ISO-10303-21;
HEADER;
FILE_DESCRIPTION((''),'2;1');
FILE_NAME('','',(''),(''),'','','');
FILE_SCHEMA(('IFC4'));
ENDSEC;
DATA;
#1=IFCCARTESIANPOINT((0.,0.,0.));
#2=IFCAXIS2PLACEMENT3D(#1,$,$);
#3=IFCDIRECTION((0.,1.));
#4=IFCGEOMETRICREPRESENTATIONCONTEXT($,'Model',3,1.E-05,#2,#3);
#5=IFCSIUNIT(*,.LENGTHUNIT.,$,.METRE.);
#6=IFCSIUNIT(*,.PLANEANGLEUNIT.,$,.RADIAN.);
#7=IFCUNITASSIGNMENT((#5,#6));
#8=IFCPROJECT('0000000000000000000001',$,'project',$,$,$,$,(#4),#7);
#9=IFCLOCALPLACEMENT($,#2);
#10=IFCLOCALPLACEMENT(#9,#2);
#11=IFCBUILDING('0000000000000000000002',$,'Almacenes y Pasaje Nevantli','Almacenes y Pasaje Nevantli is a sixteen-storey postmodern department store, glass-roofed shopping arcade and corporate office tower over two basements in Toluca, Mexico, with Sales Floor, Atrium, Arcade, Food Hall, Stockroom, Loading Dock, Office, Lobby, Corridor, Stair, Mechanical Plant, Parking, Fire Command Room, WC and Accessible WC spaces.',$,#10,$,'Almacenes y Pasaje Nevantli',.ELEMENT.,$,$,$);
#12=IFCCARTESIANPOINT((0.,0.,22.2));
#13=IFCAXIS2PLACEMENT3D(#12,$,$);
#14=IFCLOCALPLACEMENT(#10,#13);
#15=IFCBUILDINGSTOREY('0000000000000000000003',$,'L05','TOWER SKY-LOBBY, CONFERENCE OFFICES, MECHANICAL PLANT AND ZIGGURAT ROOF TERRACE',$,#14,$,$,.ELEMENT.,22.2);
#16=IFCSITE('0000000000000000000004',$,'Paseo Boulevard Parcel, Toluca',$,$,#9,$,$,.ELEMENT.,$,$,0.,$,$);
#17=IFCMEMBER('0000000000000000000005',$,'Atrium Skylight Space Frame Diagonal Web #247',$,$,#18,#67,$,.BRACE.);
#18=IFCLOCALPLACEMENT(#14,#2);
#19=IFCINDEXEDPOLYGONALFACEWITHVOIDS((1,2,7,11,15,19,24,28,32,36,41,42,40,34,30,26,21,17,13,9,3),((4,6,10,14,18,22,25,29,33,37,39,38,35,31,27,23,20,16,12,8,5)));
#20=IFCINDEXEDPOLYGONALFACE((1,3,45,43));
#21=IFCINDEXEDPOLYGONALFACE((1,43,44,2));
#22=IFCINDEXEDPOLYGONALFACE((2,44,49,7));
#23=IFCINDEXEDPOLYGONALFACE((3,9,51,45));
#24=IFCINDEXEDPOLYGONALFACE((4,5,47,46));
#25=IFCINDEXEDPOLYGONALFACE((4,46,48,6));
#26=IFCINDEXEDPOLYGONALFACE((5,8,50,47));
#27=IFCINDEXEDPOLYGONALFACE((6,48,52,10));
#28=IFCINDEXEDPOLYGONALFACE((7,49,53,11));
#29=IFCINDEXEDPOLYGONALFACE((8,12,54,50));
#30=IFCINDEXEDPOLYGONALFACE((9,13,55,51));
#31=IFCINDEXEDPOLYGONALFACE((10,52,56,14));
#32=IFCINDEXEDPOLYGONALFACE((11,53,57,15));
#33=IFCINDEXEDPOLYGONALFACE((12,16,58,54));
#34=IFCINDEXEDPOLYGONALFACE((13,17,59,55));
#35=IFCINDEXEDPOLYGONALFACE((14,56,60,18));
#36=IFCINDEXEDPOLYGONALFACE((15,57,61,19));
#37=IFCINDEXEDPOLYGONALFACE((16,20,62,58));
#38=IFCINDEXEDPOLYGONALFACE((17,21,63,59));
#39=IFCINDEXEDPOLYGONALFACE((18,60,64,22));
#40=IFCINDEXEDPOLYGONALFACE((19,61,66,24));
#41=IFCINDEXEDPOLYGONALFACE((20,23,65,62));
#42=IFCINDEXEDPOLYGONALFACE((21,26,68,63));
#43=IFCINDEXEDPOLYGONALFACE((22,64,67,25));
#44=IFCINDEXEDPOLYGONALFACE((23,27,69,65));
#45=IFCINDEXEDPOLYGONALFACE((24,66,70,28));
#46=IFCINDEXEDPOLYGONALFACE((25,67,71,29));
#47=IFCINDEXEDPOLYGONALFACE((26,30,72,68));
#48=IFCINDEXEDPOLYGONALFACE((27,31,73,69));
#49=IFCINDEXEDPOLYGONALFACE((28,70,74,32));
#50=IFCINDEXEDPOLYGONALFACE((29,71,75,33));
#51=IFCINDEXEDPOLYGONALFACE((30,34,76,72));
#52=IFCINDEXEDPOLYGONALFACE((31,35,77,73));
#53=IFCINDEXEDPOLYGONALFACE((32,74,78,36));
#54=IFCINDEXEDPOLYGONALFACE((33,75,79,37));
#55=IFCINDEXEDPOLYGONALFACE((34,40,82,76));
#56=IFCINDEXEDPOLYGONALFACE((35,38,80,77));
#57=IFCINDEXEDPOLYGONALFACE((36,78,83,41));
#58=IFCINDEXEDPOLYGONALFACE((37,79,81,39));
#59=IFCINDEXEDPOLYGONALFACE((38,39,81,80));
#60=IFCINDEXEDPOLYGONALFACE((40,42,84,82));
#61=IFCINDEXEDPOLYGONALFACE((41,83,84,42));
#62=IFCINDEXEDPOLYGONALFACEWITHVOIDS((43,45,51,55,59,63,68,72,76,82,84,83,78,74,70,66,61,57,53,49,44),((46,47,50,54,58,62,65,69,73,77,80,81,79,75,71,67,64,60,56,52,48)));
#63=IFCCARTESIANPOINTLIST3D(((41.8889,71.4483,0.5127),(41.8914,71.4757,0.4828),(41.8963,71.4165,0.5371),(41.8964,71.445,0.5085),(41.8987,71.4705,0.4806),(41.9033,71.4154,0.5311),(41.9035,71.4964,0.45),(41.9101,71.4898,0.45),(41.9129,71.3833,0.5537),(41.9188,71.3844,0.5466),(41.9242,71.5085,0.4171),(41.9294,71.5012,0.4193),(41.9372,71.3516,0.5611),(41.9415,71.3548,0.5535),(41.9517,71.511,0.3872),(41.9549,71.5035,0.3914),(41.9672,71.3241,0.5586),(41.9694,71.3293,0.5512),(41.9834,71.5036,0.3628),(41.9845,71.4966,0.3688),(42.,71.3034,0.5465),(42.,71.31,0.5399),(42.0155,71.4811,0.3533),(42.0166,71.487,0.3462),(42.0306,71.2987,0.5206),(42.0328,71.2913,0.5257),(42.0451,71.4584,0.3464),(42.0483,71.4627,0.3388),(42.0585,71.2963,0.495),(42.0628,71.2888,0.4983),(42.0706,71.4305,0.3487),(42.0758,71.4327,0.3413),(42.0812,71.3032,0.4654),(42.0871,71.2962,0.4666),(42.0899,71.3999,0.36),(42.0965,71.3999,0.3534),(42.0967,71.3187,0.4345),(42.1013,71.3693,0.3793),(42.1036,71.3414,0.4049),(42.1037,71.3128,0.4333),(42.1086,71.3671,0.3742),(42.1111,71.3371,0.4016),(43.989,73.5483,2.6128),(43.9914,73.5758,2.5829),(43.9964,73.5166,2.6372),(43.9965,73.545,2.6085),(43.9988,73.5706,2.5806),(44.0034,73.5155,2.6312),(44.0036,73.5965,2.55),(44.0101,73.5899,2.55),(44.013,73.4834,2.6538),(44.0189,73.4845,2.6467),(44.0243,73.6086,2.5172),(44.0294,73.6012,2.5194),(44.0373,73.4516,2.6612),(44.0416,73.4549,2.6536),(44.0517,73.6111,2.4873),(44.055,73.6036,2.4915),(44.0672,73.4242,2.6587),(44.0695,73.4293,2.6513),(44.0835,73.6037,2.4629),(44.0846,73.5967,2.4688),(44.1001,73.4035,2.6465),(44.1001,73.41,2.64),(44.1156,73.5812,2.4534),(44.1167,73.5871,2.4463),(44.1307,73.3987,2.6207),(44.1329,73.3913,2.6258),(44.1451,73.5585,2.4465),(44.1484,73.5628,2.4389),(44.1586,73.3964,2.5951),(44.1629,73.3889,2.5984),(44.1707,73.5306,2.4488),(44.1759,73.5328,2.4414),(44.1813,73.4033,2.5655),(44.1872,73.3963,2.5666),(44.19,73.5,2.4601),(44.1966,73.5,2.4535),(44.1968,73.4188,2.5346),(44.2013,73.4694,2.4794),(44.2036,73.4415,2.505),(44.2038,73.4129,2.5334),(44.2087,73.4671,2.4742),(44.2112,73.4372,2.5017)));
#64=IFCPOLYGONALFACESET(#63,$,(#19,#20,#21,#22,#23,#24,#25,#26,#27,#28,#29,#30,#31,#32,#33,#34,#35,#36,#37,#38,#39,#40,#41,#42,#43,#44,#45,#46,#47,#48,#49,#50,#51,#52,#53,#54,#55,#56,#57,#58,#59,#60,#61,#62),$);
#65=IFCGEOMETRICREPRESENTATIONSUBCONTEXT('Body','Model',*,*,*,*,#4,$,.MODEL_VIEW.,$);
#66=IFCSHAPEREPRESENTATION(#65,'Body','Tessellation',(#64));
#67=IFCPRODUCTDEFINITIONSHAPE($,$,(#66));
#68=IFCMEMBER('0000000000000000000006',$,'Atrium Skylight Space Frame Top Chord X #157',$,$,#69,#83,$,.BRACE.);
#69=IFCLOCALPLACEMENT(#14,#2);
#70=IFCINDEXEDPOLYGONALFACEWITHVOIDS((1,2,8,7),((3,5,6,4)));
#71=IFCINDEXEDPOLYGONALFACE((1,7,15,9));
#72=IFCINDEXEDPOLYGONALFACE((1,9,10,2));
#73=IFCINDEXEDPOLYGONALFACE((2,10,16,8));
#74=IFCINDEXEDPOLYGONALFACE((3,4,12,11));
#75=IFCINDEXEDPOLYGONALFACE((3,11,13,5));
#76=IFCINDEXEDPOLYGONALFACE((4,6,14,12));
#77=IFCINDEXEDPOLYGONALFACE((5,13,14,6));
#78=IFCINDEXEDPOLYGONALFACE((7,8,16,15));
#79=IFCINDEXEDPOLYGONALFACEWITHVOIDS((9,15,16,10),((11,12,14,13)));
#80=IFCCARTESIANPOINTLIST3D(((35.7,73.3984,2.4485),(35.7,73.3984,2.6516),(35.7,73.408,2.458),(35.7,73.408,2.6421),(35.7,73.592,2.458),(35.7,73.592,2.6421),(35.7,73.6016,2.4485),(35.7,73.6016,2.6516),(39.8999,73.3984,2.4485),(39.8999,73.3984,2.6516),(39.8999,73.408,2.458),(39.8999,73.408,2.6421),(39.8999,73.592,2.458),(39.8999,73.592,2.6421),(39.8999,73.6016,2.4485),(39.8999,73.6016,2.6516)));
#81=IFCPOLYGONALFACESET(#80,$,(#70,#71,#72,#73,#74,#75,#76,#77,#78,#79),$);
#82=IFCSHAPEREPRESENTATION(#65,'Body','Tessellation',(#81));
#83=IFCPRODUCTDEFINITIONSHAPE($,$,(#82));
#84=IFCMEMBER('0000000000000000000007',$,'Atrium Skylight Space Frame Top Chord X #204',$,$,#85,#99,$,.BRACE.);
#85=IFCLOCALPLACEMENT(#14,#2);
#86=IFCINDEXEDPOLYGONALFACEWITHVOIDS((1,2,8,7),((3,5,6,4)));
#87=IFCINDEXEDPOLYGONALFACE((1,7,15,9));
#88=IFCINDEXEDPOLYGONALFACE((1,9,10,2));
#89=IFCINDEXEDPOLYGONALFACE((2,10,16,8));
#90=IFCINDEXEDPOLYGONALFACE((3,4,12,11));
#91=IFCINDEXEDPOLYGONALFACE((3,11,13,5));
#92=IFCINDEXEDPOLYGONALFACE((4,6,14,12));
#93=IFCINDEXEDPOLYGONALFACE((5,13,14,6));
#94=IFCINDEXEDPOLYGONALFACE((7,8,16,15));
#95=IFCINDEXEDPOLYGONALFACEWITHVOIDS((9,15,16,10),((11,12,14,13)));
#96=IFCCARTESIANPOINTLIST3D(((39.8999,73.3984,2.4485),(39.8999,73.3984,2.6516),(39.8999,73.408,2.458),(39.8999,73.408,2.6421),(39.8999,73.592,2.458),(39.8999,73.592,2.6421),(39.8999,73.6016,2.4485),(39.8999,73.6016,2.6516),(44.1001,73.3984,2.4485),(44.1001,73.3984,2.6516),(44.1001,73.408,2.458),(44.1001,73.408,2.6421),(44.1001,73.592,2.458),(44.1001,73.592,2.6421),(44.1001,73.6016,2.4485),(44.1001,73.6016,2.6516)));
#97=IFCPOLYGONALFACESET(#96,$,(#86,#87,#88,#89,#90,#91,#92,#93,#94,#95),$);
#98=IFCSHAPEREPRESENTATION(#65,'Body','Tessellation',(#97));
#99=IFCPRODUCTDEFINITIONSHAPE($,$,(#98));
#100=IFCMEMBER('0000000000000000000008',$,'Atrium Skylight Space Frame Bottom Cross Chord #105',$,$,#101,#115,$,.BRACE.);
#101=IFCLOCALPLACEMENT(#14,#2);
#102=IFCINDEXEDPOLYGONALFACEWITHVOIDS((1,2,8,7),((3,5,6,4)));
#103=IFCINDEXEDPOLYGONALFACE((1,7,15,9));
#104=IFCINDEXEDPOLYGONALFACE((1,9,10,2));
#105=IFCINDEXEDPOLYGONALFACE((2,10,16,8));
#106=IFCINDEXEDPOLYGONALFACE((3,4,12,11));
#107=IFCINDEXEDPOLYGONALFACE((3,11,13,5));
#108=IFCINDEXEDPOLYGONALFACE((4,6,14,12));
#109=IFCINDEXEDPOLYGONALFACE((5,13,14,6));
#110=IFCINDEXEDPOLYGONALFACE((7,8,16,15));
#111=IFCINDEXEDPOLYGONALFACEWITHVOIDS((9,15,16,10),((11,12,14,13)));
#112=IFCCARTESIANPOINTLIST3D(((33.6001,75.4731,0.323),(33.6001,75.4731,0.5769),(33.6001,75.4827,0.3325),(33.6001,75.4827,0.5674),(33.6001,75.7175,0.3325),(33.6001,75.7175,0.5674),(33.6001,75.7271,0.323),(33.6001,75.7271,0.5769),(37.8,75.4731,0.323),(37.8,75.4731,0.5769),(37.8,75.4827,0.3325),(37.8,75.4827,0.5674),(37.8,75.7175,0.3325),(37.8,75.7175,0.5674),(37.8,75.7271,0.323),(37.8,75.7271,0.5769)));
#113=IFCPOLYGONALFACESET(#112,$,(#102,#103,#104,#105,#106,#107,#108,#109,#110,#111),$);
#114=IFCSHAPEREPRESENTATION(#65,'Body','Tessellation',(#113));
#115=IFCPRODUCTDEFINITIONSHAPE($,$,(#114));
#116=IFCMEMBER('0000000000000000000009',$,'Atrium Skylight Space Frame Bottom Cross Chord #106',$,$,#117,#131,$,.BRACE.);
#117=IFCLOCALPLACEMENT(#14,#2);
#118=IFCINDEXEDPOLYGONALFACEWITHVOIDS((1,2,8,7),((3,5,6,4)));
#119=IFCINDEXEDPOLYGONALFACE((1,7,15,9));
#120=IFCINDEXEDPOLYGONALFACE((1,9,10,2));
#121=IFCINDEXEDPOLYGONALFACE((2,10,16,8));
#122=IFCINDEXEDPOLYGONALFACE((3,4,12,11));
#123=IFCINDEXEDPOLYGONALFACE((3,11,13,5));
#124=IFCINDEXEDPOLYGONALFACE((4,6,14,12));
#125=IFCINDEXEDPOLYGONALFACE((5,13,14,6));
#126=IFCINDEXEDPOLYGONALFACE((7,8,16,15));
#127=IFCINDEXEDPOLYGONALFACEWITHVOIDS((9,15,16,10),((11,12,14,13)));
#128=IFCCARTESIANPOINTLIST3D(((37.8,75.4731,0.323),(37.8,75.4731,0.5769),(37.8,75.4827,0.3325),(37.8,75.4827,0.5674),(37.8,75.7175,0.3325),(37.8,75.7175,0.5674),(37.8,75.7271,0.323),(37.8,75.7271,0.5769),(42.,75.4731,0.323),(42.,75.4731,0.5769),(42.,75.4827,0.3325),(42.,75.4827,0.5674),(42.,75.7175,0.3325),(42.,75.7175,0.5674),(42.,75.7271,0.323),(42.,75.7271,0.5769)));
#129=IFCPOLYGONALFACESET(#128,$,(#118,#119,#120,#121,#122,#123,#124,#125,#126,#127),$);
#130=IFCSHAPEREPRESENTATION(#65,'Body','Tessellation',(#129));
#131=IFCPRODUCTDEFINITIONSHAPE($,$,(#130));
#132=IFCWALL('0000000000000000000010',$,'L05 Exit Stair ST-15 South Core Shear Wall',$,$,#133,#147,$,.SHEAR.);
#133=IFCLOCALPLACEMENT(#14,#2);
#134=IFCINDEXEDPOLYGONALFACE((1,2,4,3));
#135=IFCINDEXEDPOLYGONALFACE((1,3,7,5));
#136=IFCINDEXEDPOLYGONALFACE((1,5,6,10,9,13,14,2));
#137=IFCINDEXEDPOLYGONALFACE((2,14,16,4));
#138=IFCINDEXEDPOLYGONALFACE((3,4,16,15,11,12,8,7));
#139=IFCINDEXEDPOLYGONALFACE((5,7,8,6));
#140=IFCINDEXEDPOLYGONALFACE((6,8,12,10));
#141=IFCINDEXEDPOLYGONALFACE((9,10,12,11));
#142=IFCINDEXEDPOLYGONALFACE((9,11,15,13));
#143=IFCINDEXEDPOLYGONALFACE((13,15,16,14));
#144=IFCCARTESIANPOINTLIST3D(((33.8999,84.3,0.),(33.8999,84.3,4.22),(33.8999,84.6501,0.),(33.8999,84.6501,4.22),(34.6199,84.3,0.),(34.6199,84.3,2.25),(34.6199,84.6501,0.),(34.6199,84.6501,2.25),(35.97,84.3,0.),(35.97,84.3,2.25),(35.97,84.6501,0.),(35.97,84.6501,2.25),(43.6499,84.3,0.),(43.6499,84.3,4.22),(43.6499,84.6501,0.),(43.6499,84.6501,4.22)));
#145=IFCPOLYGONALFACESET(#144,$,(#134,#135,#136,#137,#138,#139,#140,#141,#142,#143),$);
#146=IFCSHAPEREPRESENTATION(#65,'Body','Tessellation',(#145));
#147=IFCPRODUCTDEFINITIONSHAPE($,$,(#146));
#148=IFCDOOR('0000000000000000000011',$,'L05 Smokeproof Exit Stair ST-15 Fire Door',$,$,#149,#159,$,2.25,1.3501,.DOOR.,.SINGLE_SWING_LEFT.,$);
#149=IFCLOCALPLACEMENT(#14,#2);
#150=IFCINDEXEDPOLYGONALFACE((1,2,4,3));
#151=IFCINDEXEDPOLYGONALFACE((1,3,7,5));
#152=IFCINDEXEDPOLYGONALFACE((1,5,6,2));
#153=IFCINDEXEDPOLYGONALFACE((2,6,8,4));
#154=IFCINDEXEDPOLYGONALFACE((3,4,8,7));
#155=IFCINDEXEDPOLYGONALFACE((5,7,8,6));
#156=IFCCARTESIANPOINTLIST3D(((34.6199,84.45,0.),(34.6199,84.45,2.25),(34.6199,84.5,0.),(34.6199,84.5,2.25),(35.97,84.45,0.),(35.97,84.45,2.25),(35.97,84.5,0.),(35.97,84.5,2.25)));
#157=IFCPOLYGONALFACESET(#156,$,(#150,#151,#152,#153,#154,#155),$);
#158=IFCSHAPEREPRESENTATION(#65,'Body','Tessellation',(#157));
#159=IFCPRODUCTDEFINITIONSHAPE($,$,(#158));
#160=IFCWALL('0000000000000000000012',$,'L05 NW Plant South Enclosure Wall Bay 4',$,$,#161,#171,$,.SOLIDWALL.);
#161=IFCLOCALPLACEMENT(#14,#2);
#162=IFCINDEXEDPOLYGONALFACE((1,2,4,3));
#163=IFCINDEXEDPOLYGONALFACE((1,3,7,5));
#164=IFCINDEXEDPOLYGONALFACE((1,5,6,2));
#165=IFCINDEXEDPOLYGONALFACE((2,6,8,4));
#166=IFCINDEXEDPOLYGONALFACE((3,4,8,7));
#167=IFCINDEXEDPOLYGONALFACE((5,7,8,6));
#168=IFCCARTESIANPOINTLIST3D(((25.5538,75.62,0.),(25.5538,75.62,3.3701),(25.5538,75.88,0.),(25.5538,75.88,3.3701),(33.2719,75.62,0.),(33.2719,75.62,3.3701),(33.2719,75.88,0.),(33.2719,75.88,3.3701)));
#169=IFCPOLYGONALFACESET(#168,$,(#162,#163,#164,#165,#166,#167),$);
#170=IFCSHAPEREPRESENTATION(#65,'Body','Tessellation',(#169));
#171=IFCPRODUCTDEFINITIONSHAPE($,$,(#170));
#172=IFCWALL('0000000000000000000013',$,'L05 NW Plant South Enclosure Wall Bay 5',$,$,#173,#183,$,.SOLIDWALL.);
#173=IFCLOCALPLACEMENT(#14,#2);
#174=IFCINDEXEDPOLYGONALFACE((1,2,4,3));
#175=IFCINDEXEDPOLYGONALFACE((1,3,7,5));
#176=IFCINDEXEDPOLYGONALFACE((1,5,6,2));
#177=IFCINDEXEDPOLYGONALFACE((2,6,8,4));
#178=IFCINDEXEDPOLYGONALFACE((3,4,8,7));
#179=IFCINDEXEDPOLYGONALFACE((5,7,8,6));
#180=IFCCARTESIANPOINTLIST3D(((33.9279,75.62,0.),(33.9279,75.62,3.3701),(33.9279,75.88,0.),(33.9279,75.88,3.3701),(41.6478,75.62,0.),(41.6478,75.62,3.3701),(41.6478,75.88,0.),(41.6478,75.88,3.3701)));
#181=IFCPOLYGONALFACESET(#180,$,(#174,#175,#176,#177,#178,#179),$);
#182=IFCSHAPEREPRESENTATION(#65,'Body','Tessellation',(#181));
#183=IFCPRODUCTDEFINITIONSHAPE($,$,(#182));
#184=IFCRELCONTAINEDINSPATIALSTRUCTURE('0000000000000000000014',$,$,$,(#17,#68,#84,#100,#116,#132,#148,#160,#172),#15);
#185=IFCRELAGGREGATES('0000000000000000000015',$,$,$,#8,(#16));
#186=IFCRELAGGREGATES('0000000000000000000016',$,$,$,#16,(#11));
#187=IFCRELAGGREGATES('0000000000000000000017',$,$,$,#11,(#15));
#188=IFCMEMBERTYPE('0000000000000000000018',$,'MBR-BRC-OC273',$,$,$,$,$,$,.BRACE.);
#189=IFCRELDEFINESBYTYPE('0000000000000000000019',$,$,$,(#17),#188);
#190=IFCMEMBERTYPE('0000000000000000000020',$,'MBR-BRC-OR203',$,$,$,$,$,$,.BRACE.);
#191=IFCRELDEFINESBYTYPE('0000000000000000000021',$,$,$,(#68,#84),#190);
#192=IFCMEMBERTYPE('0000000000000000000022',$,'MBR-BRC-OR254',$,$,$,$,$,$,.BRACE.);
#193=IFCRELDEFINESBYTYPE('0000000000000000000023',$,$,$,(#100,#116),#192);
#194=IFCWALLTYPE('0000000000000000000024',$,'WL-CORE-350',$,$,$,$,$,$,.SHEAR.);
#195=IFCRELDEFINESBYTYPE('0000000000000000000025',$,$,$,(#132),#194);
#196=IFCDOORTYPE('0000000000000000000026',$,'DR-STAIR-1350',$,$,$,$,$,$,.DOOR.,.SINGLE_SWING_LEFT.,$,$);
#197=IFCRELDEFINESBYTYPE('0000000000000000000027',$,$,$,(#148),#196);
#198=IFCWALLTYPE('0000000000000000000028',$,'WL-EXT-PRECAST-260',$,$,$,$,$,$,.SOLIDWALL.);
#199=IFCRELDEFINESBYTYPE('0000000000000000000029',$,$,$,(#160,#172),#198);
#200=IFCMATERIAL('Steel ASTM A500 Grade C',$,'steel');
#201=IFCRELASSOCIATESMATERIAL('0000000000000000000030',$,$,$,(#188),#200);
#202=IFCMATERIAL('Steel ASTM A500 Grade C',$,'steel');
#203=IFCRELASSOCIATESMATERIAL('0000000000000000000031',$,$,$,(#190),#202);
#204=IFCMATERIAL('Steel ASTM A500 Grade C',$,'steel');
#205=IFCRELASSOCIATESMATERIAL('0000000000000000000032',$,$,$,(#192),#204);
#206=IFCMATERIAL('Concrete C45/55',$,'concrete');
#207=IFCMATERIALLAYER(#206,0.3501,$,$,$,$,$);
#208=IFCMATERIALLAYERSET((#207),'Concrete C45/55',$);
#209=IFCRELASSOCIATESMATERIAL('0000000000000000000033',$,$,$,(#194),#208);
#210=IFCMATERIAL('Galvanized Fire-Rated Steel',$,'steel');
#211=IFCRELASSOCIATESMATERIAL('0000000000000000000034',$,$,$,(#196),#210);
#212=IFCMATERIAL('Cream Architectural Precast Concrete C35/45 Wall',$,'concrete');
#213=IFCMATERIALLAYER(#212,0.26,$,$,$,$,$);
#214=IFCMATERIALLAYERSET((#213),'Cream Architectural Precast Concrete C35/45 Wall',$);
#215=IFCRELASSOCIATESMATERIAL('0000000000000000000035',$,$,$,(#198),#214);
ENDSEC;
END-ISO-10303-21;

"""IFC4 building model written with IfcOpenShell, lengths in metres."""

from ifc_helpers import new_model, si_unit, direction, frame, frame_2d, origin, origin_2d, place, context, subcontext, project, spatial, rectangle, hollow_rectangle, hollow_circle, extrude, material, layer, layer_set, material_profile, profile_set, type_object, element, fill, save


model = new_model("IFC4")

# Units and contexts
model_context = context("Model", 3, precision=1e-05, world=origin(), true_north=direction((0.0, 1.0)))
body_context = subcontext(model_context, "Body", "Model", "MODEL_VIEW")
ifc_project = project(units=[si_unit("LENGTHUNIT", "METRE"), si_unit("PLANEANGLEUNIT", "RADIAN")], contexts=[model_context])

# Site, building, storey
site_placement = place(None, origin())
site = spatial("IfcSite", under=ifc_project, at=site_placement, Name="Paseo Boulevard Parcel, Toluca", CompositionType="ELEMENT", RefElevation=0.0)
building_placement = place(site_placement, origin())
building = spatial("IfcBuilding", under=site, at=building_placement, Name="Almacenes y Pasaje Nevantli", Description="Almacenes y Pasaje Nevantli is a sixteen-storey postmodern department store, glass-roofed shopping arcade and corporate office tower over two basements in Toluca, Mexico, with Sales Floor, Atrium, Arcade, Food Hall, Stockroom, Loading Dock, Office, Lobby, Corridor, Stair, Mechanical Plant, Parking, Fire Command Room, WC and Accessible WC spaces.", LongName="Almacenes y Pasaje Nevantli", CompositionType="ELEMENT")
storey_placement = place(building_placement, frame((0.0, 0.0, 22.2)))
storey = spatial("IfcBuildingStorey", under=building, at=storey_placement, Name="L05", Description="TOWER SKY-LOBBY, CONFERENCE OFFICES, MECHANICAL PLANT AND ZIGGURAT ROOF TERRACE", CompositionType="ELEMENT", Elevation=22.2)

# Members
ifc_material_1 = material(Name="Steel ASTM A500 Grade C", Category="steel")
ifc_material_profile_1 = material_profile(ifc_material_1, hollow_circle(Radius=0.1365, WallThickness=0.0093, at=origin_2d()), Name="OC 273x9.3")
ifc_profile_set_1 = profile_set([ifc_material_profile_1], Name="Steel ASTM A500 Grade C")
member_type_1 = type_object("IfcMemberType", Name="MBR-BRC-OC273", PredefinedType="BRACE", material=ifc_profile_set_1)
for number, where, z_axis, x_axis, name in (
    (1, (42.0, 71.3999, 0.45), (0.57735, 0.57735, 0.57735), (-0.707107, 0.707107, 0.0), "Atrium Skylight Space Frame Diagonal Web #247"),
):
    element("IfcMember", number, at=place(storey_placement, frame(where, z_axis=z_axis, x_axis=x_axis)), inside=storey, type_object=member_type_1, Name=name, PredefinedType="BRACE", context=body_context, shape_type="SweptSolid", body=[
        extrude(hollow_circle(Radius=0.1365, WallThickness=0.0093, at=origin_2d()), origin(), (0.0, 0.0, 1.0), 3.6375),
    ])
ifc_material_2 = material(Name="Steel ASTM A500 Grade C", Category="steel")
ifc_material_profile_2 = material_profile(ifc_material_2, hollow_rectangle(XDim=0.2031, YDim=0.2031, WallThickness=0.0095, at=origin_2d()), Name="OR 203x203x9.5")
ifc_profile_set_2 = profile_set([ifc_material_profile_2], Name="Steel ASTM A500 Grade C")
member_type_2 = type_object("IfcMemberType", Name="MBR-BRC-OR203", PredefinedType="BRACE", material=ifc_profile_set_2)
member_1_placement = place(storey_placement, frame((35.7, 73.5, 2.55), z_axis=(1.0, 0.0, 0.0), x_axis=(0.0, 1.0, 0.0)))
element("IfcMember", 2, at=member_1_placement, inside=storey, type_object=member_type_2, Name="Atrium Skylight Space Frame Top Chord X #157", PredefinedType="BRACE", context=body_context, shape_type="SweptSolid", body=[
    extrude(hollow_rectangle(XDim=0.2031, YDim=0.2031, WallThickness=0.0095, at=origin_2d()), origin(), (0.0, 0.0, 1.0), 4.2),
])
member_2_placement = place(storey_placement, frame((39.8999, 73.5, 2.55), z_axis=(1.0, 0.0, 0.0), x_axis=(0.0, 1.0, 0.0)))
element("IfcMember", 3, at=member_2_placement, inside=storey, type_object=member_type_2, Name="Atrium Skylight Space Frame Top Chord X #204", PredefinedType="BRACE", context=body_context, shape_type="SweptSolid", body=[
    extrude(hollow_rectangle(XDim=0.2031, YDim=0.2031, WallThickness=0.0095, at=origin_2d()), origin(), (0.0, 0.0, 1.0), 4.2002),
])
ifc_material_3 = material(Name="Steel ASTM A500 Grade C", Category="steel")
ifc_material_profile_3 = material_profile(ifc_material_3, hollow_rectangle(XDim=0.2539, YDim=0.2539, WallThickness=0.0095, at=origin_2d()), Name="OR 254x254x9.5")
ifc_profile_set_3 = profile_set([ifc_material_profile_3], Name="Steel ASTM A500 Grade C")
member_type_3 = type_object("IfcMemberType", Name="MBR-BRC-OR254", PredefinedType="BRACE", material=ifc_profile_set_3)
for number, where, z_axis, x_axis, name in (
    (4, (33.6001, 75.6001, 0.45), (1.0, 0.0, 0.0), (0.0, 1.0, 0.0), "Atrium Skylight Space Frame Bottom Cross Chord #105"),
    (5, (37.8, 75.6001, 0.45), (1.0, 0.0, 0.0), (0.0, 1.0, 0.0), "Atrium Skylight Space Frame Bottom Cross Chord #106"),
):
    element("IfcMember", number, at=place(storey_placement, frame(where, z_axis=z_axis, x_axis=x_axis)), inside=storey, type_object=member_type_3, Name=name, PredefinedType="BRACE", context=body_context, shape_type="SweptSolid", body=[
        extrude(hollow_rectangle(XDim=0.2539, YDim=0.2539, WallThickness=0.0095, at=origin_2d()), origin(), (0.0, 0.0, 1.0), 4.2),
    ])

# Wall, opening, door
ifc_material_4 = material(Name="Concrete C45/55", Category="concrete")
ifc_layer_1 = layer(ifc_material_4, 0.3501)
ifc_layer_set_1 = layer_set([ifc_layer_1], Name="Concrete C45/55")
wall_type_1 = type_object("IfcWallType", Name="WL-CORE-350", PredefinedType="SHEAR", material=ifc_layer_set_1)
wall_1_placement = place(storey_placement, frame((33.8999, 84.4751, 0.0), z_axis=(0.0, 0.0, 1.0), x_axis=(1.0, 0.0, 0.0)))
wall_1 = element("IfcWall", 6, at=wall_1_placement, inside=storey, type_object=wall_type_1, Name="L05 Exit Stair ST-15 South Core Shear Wall", PredefinedType="SHEAR", context=body_context, shape_type="SweptSolid", body=[
    extrude(rectangle(XDim=9.75, YDim=0.3501, at=frame_2d((4.875, 0.0))), origin(), (0.0, 0.0, 1.0), 4.22),
])
opening_placement = place(wall_1_placement, frame((0.72, 0.0, 0.0)))
opening = element("IfcOpeningElement", 7, at=opening_placement, cuts=wall_1, PredefinedType="OPENING", context=body_context, shape_type="SweptSolid", body=[
    extrude(rectangle(XDim=1.3501, YDim=2.25, at=frame_2d((0.675, 1.125))), frame((0.0, 0.1851, 0.0), z_axis=(0.0, -1.0, 0.0), x_axis=(1.0, 0.0, 0.0)), (0.0, 0.0, 1.0), 0.3701),
])
ifc_material_5 = material(Name="Galvanized Fire-Rated Steel", Category="steel")
door_type = type_object("IfcDoorType", Name="DR-STAIR-1350", OperationType="SINGLE_SWING_LEFT", PredefinedType="DOOR", material=ifc_material_5)
door_placement = place(opening_placement, origin())
door = element("IfcDoor", 8, at=door_placement, inside=storey, type_object=door_type, Name="L05 Smokeproof Exit Stair ST-15 Fire Door", OperationType="SINGLE_SWING_LEFT", OverallHeight=2.25, OverallWidth=1.3501, PredefinedType="DOOR", context=body_context, shape_type="SweptSolid", body=[
    extrude(rectangle(XDim=1.3501, YDim=2.25, at=frame_2d((0.675, 1.125))), frame((0.0, 0.0249, 0.0), z_axis=(0.0, -1.0, 0.0), x_axis=(1.0, 0.0, 0.0)), (0.0, 0.0, 1.0), 0.05),
])
fill(opening, door)

# Walls
ifc_material_6 = material(Name="Cream Architectural Precast Concrete C35/45 Wall", Category="concrete")
ifc_layer_2 = layer(ifc_material_6, 0.26)
ifc_layer_set_2 = layer_set([ifc_layer_2], Name="Cream Architectural Precast Concrete C35/45 Wall")
wall_type_2 = type_object("IfcWallType", Name="WL-EXT-PRECAST-260", PredefinedType="SOLIDWALL", material=ifc_layer_set_2)
wall_2_placement = place(storey_placement, frame((25.554, 75.75, 0.0), z_axis=(0.0, 0.0, 1.0), x_axis=(1.0, 0.0, 0.0)))
element("IfcWall", 9, at=wall_2_placement, inside=storey, type_object=wall_type_2, Name="L05 NW Plant South Enclosure Wall Bay 4", PredefinedType="SOLIDWALL", context=body_context, shape_type="SweptSolid", body=[
    extrude(rectangle(XDim=7.718, YDim=0.26, at=frame_2d((3.8589, 0.0))), origin(), (0.0, 0.0, 1.0), 3.3701),
])
wall_3_placement = place(storey_placement, frame((33.928, 75.75, 0.0), z_axis=(0.0, 0.0, 1.0), x_axis=(1.0, 0.0, 0.0)))
element("IfcWall", 10, at=wall_3_placement, inside=storey, type_object=wall_type_2, Name="L05 NW Plant South Enclosure Wall Bay 5", PredefinedType="SOLIDWALL", context=body_context, shape_type="SweptSolid", body=[
    extrude(rectangle(XDim=7.72, YDim=0.26, at=frame_2d((3.8599, 0.0))), origin(), (0.0, 0.0, 1.0), 3.3701),
])

save(model, "model.ifc")
